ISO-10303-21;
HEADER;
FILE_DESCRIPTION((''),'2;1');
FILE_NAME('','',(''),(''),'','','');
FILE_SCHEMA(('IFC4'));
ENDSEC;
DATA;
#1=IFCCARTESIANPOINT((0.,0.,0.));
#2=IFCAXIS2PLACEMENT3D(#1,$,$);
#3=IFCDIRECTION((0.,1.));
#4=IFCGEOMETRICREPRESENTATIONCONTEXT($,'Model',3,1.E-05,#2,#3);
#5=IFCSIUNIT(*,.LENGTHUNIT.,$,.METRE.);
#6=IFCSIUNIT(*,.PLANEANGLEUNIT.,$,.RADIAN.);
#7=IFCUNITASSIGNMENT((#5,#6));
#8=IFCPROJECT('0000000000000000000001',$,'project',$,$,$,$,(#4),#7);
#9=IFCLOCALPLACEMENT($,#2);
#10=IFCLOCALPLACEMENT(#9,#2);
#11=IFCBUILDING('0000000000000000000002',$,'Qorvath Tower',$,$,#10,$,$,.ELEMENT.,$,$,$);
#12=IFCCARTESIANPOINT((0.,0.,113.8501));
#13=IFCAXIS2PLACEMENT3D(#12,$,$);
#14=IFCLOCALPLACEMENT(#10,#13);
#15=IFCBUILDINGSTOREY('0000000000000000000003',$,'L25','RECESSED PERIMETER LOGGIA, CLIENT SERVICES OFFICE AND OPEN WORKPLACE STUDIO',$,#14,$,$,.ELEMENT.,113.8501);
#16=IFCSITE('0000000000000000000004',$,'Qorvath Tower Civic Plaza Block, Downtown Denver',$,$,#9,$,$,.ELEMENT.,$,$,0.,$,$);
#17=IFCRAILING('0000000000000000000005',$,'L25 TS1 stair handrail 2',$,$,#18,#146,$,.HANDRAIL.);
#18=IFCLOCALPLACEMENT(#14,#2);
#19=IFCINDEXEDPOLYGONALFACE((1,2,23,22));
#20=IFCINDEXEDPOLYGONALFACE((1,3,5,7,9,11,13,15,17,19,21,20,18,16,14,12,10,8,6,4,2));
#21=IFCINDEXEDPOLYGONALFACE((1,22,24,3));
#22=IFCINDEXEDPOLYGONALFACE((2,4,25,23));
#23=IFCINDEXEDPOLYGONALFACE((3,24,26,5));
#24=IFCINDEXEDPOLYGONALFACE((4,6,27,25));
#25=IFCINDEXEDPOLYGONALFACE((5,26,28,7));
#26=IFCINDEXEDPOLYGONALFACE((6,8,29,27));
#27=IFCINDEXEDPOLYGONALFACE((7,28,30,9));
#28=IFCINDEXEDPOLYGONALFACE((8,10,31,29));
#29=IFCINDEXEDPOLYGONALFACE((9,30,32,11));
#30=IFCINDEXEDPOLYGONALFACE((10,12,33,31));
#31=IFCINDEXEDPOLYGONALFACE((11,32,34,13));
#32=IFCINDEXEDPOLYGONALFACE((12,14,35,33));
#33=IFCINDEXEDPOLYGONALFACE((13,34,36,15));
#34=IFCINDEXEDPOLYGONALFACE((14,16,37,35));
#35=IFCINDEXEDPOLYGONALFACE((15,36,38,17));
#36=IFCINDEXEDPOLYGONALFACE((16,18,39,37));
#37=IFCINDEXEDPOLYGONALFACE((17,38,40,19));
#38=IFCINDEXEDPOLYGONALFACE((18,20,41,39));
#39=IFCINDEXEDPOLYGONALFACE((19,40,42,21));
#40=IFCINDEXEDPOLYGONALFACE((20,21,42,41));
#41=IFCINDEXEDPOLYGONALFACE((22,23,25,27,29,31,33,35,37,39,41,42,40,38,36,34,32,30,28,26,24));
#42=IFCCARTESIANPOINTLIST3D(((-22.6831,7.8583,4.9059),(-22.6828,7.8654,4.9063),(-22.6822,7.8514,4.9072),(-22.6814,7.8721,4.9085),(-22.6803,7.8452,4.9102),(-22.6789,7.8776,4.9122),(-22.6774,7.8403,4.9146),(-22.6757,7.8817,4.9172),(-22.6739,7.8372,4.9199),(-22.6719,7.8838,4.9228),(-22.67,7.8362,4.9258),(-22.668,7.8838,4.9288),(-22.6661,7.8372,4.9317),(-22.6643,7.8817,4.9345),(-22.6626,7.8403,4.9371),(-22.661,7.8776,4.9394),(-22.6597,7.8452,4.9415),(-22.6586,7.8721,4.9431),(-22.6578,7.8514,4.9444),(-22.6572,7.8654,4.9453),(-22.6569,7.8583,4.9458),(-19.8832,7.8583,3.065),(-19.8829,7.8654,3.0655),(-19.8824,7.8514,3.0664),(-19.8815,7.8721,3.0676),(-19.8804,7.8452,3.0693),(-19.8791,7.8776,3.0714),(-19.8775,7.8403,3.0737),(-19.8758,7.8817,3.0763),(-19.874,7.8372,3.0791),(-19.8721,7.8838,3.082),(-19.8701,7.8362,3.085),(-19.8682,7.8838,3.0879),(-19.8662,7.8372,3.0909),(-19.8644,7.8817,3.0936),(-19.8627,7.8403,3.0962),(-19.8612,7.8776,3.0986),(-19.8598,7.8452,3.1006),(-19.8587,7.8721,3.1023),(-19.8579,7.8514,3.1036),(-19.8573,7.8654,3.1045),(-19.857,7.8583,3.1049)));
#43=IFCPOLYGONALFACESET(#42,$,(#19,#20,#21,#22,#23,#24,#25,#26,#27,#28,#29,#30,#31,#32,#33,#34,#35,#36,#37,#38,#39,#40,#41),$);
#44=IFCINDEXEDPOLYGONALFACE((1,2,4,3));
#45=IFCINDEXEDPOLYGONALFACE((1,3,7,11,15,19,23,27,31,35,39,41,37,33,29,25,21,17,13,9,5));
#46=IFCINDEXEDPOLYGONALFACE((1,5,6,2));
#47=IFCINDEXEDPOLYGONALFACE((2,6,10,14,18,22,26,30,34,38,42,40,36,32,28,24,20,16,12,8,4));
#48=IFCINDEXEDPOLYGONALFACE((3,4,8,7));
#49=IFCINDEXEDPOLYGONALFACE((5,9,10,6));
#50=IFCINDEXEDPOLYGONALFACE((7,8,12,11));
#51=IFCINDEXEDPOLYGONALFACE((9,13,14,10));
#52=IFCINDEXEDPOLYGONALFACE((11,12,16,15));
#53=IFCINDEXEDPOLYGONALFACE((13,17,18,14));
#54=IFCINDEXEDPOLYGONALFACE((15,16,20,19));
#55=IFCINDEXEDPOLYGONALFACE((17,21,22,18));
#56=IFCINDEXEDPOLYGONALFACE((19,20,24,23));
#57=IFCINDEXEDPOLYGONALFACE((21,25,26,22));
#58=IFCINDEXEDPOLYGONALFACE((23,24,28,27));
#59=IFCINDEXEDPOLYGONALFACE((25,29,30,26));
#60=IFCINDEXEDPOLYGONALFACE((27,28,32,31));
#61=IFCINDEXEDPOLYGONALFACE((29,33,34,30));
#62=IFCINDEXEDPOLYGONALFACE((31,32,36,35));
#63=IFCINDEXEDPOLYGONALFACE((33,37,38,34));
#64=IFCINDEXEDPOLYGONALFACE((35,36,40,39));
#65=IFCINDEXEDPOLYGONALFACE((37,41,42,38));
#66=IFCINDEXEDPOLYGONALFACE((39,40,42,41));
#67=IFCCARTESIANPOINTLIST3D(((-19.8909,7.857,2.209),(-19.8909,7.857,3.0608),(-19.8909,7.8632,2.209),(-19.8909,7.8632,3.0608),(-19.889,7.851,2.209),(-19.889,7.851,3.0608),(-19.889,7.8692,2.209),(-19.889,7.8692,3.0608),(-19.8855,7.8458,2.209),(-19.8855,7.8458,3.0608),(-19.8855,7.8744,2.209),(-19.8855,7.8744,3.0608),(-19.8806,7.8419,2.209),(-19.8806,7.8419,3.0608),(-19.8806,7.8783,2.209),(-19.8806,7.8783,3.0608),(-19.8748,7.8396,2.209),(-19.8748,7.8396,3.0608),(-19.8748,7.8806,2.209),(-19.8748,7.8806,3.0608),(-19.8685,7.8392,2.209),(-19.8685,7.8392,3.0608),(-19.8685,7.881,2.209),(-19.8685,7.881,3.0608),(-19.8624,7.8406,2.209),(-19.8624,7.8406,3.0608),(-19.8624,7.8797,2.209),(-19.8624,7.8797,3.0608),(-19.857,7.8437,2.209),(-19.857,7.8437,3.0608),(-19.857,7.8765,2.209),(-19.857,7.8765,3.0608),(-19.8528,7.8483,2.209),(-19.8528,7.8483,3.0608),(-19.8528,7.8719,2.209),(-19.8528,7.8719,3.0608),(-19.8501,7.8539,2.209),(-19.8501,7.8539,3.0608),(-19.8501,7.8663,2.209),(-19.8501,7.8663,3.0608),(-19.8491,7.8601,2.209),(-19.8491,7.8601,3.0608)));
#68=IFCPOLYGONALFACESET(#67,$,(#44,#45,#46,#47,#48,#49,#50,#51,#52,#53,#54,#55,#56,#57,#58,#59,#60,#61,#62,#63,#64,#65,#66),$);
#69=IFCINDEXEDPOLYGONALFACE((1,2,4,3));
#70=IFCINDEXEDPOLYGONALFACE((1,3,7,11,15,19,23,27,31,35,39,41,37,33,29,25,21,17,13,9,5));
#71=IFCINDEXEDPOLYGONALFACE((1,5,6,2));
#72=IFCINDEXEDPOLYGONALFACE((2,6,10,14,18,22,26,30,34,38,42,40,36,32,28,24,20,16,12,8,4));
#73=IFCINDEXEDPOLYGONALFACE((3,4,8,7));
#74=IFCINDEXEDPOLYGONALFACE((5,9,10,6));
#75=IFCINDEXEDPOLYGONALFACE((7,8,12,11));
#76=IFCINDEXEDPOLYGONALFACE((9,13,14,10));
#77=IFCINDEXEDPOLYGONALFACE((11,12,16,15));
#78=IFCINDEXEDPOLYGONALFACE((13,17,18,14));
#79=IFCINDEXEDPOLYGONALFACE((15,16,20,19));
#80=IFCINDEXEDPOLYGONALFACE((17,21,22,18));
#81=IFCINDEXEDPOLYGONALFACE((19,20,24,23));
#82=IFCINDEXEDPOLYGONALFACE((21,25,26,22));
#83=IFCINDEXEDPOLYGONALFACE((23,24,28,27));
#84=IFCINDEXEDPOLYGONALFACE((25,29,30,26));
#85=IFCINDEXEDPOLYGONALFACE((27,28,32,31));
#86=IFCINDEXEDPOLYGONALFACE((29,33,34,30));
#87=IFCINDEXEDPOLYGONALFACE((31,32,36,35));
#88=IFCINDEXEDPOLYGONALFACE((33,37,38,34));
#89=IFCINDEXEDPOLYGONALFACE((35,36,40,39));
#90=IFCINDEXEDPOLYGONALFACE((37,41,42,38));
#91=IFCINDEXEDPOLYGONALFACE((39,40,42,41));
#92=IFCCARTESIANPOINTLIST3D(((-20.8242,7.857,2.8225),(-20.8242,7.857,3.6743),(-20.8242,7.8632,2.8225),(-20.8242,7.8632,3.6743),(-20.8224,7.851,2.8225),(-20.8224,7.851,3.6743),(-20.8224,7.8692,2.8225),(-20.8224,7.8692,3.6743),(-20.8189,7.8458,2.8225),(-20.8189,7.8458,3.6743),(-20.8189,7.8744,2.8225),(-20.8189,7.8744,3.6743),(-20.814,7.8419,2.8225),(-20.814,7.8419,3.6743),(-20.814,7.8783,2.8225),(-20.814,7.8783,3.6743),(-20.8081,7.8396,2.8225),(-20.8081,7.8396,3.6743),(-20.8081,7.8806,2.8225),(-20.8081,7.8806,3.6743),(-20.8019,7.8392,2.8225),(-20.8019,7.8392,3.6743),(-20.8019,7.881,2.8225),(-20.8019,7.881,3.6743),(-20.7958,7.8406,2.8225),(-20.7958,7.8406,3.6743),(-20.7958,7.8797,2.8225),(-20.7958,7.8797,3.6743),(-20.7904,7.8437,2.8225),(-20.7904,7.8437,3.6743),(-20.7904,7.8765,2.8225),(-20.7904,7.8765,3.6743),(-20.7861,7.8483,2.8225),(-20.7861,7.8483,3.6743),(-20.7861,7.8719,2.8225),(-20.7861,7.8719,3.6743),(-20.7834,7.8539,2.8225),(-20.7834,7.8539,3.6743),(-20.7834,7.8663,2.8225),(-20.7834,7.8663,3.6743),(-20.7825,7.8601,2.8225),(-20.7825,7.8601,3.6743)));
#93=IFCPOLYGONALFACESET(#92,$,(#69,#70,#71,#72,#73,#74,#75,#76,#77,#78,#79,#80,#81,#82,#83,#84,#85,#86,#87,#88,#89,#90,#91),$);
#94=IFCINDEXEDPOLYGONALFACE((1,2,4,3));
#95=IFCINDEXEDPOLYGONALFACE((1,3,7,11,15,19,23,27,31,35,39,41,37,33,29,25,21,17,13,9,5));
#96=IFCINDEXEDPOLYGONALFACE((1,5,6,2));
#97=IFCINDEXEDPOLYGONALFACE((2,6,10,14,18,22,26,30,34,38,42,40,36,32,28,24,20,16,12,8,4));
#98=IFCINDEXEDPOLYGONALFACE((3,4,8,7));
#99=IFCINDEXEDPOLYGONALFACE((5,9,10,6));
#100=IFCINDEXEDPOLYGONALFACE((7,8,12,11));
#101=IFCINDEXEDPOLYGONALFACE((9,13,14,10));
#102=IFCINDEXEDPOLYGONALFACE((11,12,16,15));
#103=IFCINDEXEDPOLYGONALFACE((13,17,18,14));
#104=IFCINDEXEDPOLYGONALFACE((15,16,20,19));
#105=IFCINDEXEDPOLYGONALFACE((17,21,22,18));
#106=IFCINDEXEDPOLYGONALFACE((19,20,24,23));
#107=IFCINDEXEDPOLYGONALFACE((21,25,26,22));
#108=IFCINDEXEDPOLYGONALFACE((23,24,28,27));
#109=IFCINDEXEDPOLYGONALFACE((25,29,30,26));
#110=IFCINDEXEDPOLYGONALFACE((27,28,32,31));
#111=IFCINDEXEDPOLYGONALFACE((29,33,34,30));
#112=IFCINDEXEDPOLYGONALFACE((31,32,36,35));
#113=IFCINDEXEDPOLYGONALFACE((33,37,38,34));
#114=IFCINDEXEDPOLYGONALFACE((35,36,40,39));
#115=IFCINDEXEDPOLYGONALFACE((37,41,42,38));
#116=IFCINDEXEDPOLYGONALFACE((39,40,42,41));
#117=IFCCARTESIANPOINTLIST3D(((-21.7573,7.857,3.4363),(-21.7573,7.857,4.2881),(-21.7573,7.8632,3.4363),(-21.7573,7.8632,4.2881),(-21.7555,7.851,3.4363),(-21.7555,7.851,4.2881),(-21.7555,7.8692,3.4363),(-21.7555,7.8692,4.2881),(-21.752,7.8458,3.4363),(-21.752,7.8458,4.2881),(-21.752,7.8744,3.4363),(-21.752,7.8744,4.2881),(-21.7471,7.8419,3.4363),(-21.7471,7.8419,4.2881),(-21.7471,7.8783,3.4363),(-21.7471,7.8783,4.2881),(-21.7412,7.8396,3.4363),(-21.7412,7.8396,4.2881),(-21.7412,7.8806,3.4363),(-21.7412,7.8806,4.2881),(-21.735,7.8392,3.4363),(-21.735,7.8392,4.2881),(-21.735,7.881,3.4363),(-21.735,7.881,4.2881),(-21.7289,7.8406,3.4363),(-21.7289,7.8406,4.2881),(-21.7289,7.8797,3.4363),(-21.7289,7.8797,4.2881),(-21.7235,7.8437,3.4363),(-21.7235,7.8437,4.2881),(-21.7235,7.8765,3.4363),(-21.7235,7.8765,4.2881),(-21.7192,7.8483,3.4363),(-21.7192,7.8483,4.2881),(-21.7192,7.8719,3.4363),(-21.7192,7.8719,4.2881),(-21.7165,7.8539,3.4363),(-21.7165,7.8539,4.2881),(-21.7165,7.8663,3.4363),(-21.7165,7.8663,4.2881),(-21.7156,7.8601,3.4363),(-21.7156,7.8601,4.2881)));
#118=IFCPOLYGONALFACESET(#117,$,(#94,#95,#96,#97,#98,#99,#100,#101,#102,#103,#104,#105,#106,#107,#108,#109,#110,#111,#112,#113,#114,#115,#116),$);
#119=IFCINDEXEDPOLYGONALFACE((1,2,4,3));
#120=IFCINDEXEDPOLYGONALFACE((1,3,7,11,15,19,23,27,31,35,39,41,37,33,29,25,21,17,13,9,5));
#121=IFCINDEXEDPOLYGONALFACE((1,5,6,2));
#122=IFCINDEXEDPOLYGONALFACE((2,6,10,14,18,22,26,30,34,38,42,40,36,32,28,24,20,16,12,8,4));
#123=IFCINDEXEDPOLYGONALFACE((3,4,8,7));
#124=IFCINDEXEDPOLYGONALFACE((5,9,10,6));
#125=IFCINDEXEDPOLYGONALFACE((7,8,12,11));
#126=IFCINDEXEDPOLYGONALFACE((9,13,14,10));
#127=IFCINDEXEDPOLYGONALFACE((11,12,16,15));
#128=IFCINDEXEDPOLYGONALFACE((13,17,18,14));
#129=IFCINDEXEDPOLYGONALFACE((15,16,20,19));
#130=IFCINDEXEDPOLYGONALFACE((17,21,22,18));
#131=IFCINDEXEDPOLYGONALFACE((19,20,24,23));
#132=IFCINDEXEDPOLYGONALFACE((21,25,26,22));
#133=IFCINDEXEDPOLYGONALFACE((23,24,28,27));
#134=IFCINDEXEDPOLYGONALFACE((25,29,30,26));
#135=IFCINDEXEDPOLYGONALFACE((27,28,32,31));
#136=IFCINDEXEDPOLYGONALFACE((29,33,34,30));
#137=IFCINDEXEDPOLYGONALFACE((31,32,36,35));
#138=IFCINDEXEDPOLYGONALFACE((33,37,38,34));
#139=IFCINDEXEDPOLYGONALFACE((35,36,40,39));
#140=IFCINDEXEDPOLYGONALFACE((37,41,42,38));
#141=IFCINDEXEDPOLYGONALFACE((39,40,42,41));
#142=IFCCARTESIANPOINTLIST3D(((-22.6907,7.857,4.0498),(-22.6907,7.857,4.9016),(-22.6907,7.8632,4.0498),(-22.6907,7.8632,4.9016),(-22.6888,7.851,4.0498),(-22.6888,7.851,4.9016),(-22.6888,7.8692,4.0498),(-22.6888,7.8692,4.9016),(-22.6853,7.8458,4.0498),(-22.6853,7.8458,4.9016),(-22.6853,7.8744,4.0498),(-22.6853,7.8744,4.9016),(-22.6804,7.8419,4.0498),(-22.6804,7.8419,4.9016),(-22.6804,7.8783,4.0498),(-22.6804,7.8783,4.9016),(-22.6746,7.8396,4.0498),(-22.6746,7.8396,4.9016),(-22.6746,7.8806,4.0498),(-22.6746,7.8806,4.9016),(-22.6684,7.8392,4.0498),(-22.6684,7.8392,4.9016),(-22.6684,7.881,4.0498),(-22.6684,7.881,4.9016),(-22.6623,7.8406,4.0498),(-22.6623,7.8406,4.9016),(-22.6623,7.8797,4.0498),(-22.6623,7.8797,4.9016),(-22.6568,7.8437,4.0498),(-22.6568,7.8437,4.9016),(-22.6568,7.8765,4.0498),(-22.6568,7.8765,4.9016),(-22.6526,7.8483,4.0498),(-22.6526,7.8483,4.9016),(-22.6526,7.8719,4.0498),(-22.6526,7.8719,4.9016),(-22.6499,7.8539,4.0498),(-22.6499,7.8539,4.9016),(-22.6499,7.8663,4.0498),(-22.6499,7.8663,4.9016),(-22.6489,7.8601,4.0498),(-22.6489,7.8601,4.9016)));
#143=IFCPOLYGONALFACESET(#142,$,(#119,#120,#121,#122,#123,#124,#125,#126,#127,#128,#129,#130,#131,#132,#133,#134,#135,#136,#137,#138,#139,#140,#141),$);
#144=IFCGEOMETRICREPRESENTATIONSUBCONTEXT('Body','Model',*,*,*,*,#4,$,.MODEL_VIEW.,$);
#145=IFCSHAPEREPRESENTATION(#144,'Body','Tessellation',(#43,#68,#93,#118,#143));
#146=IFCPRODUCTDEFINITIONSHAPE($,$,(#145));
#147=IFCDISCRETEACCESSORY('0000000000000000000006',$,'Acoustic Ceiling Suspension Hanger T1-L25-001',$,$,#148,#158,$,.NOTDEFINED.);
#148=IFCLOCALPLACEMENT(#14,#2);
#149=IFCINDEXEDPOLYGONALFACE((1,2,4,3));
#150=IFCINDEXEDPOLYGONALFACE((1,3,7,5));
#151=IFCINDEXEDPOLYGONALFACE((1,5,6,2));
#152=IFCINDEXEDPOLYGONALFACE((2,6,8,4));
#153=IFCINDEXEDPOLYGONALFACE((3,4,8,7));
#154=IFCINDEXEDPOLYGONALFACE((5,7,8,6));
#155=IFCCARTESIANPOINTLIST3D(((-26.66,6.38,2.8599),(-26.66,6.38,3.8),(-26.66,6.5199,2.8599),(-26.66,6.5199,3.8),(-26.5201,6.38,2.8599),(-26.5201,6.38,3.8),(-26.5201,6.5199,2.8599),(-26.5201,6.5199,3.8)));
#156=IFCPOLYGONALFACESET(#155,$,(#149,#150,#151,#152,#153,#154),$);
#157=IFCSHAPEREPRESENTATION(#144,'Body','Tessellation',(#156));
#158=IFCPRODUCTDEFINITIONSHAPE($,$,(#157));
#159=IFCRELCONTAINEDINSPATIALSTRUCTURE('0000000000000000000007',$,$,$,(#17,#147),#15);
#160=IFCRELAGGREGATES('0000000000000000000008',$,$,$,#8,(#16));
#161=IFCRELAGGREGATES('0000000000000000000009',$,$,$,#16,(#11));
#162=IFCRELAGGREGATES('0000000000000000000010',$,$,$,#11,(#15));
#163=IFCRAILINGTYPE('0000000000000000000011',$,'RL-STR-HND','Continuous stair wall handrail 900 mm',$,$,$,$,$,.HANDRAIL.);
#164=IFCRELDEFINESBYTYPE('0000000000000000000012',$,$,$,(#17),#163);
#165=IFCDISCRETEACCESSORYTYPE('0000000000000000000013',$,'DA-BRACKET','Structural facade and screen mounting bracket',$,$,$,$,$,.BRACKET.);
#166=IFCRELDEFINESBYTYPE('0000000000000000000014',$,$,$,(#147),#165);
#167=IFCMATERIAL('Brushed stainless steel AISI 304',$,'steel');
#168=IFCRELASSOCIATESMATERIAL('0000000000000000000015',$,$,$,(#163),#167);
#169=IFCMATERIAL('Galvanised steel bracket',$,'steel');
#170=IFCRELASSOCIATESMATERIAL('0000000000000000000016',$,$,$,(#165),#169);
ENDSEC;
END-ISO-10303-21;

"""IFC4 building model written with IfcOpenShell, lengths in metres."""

from ifc_helpers import new_model, si_unit, direction, frame, origin, origin_2d, place, context, subcontext, project, spatial, rectangle, circle, extrude, material, type_object, element, save


model = new_model("IFC4")

# Units and contexts
model_context = context("Model", 3, precision=1e-05, world=origin(), true_north=direction((0.0, 1.0)))
body_context = subcontext(model_context, "Body", "Model", "MODEL_VIEW")
ifc_project = project(units=[si_unit("LENGTHUNIT", "METRE"), si_unit("PLANEANGLEUNIT", "RADIAN")], contexts=[model_context])

# Site, building, storey
site_placement = place(None, origin())
site = spatial("IfcSite", under=ifc_project, at=site_placement, Name="Qorvath Tower Civic Plaza Block, Downtown Denver", CompositionType="ELEMENT", RefElevation=0.0)
building_placement = place(site_placement, origin())
building = spatial("IfcBuilding", under=site, at=building_placement, Name="Qorvath Tower", CompositionType="ELEMENT")
storey_placement = place(building_placement, frame((0.0, 0.0, 113.8501)))
storey = spatial("IfcBuildingStorey", under=building, at=storey_placement, Name="L25", Description="RECESSED PERIMETER LOGGIA, CLIENT SERVICES OFFICE AND OPEN WORKPLACE STUDIO", CompositionType="ELEMENT", Elevation=113.8501)

# Railing
ifc_material_1 = material(Name="Brushed stainless steel AISI 304", Category="steel")
railing_type_1 = type_object("IfcRailingType", Name="RL-STR-HND", Description="Continuous stair wall handrail 900 mm", PredefinedType="HANDRAIL", material=ifc_material_1)
railing_1_placement = place(storey_placement, frame((-19.8701, 7.8601, 2.209)))
element("IfcRailing", 1, at=railing_1_placement, inside=storey, type_object=railing_type_1, Name="L25 TS1 stair handrail 2", PredefinedType="HANDRAIL", context=body_context, shape_type="SweptSolid", body=[
    extrude(circle(Radius=0.0239, at=origin_2d()), frame((0.0, 0.0, 0.876), z_axis=(-0.835576, 0.0, 0.549376), x_axis=(0.0, -1.0, 0.0)), (0.0, 0.0, 1.0), 3.3508),
    extrude(circle(Radius=0.021, at=origin_2d()), origin(), (0.0, 0.0, 1.0), 0.8518),
    extrude(circle(Radius=0.021, at=origin_2d()), frame((-0.9333, 0.0, 0.6135)), (0.0, 0.0, 1.0), 0.8518),
    extrude(circle(Radius=0.021, at=origin_2d()), frame((-1.8665, 0.0, 1.2273)), (0.0, 0.0, 1.0), 0.8518),
    extrude(circle(Radius=0.021, at=origin_2d()), frame((-2.7998, 0.0, 1.8408)), (0.0, 0.0, 1.0), 0.8518),
])

# Discrete accessory
ifc_material_2 = material(Name="Galvanised steel bracket", Category="steel")
discrete_accessory_type = type_object("IfcDiscreteAccessoryType", Name="DA-BRACKET", Description="Structural facade and screen mounting bracket", PredefinedType="BRACKET", material=ifc_material_2)
discrete_accessory_placement = place(storey_placement, frame((-26.5901, 6.45, 2.8599), z_axis=(0.0, 0.0, 1.0), x_axis=(1.0, 0.0, 0.0)))
element("IfcDiscreteAccessory", 2, at=discrete_accessory_placement, inside=storey, type_object=discrete_accessory_type, Name="Acoustic Ceiling Suspension Hanger T1-L25-001", PredefinedType="NOTDEFINED", context=body_context, shape_type="SweptSolid", body=[
    extrude(rectangle(XDim=0.1399, YDim=0.1399, at=origin_2d()), origin(), (0.0, 0.0, 1.0), 0.9402),
])

save(model, "model.ifc")
